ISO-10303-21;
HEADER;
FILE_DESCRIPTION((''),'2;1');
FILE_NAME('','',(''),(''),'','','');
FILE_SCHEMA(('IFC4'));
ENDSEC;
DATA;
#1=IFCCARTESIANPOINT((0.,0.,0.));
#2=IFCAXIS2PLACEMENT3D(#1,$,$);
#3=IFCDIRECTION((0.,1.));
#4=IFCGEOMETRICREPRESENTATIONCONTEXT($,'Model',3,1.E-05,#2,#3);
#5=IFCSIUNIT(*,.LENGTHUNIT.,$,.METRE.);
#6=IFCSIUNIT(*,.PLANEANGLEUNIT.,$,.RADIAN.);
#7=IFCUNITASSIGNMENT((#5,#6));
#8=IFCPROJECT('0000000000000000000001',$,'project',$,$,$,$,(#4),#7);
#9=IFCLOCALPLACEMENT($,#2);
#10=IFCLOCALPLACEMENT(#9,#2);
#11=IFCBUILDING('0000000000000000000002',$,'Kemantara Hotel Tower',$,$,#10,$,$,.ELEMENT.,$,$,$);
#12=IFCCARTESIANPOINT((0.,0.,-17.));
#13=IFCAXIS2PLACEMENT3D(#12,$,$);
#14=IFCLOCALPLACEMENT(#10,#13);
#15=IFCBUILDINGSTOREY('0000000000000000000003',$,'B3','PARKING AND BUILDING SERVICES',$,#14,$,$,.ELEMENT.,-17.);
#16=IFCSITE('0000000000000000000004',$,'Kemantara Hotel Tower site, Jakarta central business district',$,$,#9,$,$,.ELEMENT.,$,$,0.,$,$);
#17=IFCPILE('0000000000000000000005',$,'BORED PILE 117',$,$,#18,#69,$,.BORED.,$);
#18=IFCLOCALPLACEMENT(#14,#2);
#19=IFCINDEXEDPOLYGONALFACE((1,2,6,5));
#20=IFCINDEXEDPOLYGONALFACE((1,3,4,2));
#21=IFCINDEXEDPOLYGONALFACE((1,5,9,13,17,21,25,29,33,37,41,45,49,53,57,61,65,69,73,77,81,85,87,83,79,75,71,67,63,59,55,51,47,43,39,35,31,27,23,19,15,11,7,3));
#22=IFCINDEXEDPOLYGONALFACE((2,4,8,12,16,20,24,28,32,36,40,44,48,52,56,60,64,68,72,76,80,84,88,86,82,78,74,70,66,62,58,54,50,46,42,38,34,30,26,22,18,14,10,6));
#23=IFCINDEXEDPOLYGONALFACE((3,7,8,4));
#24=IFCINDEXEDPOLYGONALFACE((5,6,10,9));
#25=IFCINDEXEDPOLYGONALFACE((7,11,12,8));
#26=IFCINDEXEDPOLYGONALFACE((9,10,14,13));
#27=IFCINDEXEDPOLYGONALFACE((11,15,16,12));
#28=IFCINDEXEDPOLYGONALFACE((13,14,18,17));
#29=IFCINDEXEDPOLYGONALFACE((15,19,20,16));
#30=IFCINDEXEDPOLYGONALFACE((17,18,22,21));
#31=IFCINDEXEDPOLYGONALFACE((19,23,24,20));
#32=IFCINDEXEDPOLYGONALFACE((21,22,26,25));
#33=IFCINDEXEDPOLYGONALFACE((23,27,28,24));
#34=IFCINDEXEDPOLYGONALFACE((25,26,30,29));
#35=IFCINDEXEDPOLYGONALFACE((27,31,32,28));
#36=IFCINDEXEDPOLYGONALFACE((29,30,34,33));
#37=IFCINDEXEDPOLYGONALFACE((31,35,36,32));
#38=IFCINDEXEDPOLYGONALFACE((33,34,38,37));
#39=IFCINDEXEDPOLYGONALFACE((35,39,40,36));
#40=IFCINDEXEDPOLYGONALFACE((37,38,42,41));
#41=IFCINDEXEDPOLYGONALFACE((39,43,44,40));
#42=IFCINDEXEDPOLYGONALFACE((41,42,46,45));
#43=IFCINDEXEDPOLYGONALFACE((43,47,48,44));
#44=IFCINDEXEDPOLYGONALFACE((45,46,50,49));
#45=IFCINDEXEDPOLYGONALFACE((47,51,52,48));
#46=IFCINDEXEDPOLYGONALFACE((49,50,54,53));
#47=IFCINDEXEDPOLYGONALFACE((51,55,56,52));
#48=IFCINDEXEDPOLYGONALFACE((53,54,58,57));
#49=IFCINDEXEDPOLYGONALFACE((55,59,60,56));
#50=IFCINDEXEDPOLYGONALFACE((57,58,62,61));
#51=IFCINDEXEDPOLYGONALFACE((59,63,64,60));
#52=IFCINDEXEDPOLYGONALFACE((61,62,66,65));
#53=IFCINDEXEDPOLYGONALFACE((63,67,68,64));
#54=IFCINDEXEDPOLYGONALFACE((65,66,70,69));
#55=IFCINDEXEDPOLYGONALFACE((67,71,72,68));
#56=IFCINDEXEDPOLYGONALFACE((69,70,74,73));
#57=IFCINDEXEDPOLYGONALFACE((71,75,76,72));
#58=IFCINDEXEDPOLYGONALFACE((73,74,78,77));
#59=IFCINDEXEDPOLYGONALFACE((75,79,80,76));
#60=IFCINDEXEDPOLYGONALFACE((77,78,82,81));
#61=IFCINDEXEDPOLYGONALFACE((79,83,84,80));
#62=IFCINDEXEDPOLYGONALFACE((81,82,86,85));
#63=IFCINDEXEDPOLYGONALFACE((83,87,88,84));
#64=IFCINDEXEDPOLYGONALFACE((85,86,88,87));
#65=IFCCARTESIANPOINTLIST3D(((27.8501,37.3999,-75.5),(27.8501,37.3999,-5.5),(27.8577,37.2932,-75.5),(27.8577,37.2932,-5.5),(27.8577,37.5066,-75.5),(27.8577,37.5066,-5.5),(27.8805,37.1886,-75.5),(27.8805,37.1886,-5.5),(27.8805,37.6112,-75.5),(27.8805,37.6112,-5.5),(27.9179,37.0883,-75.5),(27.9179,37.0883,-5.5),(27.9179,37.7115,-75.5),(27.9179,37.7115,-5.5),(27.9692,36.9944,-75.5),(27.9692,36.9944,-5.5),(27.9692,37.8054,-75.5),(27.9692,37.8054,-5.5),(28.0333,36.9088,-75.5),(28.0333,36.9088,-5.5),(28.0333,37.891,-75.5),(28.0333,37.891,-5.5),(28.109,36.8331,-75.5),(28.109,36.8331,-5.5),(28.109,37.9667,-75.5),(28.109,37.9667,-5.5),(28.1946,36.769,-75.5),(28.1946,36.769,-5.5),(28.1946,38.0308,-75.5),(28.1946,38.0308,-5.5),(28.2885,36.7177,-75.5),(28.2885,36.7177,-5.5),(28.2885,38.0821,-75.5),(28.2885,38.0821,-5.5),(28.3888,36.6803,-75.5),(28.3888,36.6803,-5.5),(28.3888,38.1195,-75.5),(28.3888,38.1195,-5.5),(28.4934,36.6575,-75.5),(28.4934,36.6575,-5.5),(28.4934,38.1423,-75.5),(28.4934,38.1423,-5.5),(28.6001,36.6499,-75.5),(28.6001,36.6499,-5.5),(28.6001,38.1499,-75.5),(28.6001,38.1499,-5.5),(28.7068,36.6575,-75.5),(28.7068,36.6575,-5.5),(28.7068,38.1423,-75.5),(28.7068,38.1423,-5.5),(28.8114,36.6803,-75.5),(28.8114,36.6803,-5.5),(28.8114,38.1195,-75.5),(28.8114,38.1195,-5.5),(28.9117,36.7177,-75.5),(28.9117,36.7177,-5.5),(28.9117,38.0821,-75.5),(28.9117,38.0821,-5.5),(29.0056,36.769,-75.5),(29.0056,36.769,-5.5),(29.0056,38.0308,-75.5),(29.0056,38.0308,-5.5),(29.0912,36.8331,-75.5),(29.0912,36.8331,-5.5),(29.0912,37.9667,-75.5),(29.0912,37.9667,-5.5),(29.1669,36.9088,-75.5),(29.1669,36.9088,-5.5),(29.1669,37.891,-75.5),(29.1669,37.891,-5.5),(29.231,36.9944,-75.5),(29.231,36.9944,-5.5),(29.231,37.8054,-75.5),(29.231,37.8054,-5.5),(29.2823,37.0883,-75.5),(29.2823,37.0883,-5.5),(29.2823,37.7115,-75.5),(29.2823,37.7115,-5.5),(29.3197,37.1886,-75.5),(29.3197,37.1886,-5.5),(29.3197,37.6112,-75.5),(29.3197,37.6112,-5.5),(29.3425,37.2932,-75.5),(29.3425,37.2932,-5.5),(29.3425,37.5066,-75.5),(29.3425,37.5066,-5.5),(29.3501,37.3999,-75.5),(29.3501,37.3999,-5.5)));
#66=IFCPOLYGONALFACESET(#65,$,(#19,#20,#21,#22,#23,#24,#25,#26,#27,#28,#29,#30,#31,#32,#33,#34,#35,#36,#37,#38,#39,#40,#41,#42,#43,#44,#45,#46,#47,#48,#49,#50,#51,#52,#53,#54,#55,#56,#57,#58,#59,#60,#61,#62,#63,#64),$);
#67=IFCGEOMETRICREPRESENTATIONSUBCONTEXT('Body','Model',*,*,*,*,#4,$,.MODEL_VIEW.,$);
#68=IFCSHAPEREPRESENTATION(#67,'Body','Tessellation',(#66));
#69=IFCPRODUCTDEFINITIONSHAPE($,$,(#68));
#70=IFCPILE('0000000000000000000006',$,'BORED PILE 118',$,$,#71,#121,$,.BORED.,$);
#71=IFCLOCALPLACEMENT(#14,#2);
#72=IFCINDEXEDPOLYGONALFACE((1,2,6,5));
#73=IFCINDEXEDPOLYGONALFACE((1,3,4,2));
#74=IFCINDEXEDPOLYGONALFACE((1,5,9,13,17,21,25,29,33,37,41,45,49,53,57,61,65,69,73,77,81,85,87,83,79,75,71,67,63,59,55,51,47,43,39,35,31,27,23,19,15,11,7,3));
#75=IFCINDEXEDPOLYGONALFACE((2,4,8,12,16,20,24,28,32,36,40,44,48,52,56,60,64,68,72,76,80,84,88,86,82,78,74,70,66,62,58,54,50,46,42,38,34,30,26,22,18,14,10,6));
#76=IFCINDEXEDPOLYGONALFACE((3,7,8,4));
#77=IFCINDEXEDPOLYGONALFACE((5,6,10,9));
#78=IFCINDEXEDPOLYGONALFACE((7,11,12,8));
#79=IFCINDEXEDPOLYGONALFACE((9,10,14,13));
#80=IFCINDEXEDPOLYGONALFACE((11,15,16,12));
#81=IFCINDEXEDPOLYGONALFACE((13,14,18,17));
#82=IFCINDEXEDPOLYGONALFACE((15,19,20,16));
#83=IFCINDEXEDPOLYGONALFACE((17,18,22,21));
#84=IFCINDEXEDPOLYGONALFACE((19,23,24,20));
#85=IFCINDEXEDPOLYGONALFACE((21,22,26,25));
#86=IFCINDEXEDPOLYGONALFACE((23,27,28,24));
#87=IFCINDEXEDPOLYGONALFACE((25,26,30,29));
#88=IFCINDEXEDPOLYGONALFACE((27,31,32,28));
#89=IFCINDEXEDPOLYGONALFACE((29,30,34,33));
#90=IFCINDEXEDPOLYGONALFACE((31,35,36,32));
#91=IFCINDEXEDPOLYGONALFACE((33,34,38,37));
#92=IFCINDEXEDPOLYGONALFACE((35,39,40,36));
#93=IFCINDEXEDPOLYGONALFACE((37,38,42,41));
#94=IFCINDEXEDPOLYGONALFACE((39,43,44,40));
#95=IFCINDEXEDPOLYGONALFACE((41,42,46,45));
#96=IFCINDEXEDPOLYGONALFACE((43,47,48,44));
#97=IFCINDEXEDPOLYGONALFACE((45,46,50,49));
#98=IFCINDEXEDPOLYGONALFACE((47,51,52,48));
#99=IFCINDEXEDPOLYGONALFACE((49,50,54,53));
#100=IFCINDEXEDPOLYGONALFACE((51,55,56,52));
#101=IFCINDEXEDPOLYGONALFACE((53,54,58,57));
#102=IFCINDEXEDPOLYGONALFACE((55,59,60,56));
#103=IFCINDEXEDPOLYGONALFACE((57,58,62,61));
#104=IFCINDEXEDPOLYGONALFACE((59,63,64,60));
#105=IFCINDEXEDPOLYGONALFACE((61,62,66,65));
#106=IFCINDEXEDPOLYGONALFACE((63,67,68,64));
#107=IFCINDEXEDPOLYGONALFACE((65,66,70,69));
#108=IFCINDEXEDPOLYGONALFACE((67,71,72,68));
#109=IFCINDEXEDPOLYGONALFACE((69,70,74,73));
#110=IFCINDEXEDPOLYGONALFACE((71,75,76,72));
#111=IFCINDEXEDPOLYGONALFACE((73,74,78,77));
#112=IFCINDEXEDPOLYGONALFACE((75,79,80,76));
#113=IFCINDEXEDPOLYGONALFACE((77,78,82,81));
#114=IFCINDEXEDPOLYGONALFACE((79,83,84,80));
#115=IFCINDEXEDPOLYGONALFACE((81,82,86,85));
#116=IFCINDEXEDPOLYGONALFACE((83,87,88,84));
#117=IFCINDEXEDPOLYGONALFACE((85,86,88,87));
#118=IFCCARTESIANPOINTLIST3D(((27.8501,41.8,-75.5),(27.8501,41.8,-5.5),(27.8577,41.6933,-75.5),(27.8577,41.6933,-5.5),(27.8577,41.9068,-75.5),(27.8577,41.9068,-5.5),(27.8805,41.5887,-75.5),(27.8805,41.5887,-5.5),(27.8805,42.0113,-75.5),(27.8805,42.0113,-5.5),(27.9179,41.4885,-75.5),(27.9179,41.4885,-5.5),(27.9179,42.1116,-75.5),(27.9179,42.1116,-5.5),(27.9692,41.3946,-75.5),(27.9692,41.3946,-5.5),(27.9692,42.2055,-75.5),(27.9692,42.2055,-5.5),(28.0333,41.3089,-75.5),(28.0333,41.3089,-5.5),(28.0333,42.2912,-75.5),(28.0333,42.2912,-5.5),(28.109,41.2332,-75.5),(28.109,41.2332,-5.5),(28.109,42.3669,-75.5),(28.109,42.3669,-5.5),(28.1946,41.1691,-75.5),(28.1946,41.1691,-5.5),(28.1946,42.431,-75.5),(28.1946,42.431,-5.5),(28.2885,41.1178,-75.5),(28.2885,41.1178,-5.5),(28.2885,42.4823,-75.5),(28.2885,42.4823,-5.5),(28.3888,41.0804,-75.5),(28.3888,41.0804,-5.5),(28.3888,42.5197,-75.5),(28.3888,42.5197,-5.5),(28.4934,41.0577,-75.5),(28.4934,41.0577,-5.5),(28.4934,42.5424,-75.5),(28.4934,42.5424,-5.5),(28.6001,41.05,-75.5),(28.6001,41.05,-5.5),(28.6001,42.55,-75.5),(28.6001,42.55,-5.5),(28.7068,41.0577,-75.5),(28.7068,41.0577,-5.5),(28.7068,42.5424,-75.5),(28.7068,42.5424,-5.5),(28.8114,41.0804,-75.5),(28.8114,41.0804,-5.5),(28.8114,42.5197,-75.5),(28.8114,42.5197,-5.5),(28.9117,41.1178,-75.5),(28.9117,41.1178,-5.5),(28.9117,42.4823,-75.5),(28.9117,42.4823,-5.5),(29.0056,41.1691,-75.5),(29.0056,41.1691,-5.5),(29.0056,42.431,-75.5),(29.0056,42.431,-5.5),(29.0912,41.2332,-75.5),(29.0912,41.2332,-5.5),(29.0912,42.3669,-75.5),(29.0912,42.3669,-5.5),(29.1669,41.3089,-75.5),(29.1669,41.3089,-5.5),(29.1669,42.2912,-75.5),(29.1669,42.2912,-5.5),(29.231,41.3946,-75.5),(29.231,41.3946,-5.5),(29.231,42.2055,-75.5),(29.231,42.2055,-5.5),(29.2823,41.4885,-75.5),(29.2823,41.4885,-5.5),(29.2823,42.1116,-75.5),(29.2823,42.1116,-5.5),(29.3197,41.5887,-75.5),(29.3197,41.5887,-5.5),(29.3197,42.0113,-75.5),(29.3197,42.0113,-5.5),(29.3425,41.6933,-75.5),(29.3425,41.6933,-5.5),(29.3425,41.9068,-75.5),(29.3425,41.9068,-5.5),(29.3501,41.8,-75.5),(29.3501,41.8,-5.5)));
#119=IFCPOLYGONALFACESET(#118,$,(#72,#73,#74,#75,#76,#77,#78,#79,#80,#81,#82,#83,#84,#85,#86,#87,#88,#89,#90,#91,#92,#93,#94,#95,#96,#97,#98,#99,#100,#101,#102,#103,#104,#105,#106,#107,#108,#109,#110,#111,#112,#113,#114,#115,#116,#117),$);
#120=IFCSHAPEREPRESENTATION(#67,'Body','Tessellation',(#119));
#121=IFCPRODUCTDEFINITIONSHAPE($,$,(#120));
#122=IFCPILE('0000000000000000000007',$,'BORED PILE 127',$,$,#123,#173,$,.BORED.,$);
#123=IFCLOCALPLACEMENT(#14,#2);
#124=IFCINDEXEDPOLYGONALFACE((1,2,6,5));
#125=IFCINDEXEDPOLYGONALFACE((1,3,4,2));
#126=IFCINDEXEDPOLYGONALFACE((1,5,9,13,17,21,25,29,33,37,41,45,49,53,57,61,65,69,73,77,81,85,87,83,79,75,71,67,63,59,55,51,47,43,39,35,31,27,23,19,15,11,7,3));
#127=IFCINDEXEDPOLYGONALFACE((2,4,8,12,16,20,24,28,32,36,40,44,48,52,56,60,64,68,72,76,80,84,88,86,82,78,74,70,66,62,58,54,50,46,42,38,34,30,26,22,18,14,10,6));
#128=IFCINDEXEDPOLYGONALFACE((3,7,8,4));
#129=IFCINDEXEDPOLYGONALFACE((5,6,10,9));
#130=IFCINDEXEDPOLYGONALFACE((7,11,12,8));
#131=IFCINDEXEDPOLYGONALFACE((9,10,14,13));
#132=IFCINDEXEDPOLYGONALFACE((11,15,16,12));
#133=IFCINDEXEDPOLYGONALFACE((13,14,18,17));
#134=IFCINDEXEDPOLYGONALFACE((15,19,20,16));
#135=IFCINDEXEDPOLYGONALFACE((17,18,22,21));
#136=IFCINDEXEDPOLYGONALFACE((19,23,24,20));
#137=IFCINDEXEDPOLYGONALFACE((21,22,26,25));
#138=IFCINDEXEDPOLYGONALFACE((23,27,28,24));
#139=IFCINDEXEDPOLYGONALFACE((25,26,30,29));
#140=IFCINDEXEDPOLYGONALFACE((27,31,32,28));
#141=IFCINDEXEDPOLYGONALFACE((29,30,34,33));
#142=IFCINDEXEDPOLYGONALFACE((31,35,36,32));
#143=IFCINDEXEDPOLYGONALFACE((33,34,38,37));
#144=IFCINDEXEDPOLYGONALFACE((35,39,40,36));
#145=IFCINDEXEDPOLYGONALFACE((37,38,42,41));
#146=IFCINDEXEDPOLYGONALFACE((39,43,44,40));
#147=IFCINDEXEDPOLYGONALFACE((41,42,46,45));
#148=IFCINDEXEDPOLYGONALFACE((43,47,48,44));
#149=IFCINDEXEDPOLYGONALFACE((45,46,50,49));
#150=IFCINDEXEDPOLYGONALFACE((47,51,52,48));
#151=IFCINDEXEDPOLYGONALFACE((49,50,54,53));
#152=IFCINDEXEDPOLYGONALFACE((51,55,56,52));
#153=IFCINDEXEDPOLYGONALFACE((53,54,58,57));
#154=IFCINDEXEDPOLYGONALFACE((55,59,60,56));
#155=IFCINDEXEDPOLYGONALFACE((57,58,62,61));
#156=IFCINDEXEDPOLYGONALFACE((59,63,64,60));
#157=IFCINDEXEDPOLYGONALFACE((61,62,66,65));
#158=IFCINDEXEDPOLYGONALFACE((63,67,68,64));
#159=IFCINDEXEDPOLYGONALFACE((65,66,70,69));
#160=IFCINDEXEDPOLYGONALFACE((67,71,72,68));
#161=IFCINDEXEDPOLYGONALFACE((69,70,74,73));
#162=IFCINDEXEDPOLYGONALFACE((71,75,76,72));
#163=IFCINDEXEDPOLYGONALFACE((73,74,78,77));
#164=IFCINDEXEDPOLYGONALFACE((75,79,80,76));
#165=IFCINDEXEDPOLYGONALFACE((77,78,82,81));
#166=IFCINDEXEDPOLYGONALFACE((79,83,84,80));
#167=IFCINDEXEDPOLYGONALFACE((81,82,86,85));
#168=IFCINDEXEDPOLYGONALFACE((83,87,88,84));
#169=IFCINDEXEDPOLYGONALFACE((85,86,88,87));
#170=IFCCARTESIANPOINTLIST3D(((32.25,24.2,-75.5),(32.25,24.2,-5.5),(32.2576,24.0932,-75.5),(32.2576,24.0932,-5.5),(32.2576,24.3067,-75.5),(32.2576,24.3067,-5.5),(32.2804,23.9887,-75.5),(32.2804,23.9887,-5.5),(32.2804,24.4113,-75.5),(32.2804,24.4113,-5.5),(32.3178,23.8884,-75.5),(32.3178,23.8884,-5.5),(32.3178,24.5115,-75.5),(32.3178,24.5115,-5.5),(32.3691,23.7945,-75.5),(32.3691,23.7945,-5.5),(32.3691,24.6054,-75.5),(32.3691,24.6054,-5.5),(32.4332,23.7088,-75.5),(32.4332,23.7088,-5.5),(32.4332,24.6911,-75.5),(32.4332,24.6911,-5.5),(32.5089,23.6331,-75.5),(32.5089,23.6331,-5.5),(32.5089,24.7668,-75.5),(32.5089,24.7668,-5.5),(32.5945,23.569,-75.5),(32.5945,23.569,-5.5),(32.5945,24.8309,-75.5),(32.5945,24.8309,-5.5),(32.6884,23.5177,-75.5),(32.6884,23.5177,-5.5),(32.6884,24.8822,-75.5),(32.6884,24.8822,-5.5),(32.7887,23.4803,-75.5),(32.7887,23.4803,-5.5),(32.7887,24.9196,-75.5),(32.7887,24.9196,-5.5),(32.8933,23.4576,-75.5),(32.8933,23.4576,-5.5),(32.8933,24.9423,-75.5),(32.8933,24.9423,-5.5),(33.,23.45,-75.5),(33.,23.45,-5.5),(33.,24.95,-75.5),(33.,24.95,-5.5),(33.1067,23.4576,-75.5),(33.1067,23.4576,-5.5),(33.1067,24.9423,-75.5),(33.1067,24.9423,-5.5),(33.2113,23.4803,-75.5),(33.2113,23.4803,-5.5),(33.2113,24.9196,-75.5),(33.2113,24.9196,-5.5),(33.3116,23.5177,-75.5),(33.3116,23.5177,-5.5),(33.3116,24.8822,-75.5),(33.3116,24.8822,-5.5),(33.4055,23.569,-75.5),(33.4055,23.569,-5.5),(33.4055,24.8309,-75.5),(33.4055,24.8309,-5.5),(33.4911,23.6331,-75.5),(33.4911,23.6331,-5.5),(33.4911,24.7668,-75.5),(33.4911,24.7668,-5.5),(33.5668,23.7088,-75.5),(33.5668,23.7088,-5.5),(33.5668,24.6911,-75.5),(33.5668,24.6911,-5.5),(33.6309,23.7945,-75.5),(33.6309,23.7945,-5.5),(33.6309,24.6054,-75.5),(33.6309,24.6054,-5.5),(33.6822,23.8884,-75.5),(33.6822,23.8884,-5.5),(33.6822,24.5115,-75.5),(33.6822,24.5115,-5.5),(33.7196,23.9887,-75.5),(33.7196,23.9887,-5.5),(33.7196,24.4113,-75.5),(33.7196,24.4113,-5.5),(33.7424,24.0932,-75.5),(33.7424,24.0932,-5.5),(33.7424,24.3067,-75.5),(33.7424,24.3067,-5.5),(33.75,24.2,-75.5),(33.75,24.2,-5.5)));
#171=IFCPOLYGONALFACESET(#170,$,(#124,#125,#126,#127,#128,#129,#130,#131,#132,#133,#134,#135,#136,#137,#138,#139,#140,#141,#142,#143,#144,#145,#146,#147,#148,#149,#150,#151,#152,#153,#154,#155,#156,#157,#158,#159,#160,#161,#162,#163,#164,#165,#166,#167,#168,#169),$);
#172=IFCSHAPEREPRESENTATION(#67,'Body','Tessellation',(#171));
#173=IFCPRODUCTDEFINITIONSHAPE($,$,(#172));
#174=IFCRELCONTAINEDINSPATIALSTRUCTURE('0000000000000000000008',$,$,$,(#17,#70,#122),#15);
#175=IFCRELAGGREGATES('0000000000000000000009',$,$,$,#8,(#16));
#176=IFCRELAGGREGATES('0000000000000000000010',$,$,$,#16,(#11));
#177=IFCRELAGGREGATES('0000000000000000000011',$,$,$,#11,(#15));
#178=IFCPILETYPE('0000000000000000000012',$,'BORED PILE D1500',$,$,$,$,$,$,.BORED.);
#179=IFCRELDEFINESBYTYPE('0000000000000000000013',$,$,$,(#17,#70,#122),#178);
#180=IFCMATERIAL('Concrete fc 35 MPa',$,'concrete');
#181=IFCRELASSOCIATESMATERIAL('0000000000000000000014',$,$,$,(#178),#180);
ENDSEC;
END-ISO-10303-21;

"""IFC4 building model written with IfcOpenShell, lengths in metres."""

from ifc_helpers import new_model, si_unit, direction, frame, origin, origin_2d, place, context, subcontext, project, spatial, circle, extrude, material, material_profile, profile_set, type_object, element, save


model = new_model("IFC4")

# Units and contexts
model_context = context("Model", 3, precision=1e-05, world=origin(), true_north=direction((0.0, 1.0)))
body_context = subcontext(model_context, "Body", "Model", "MODEL_VIEW")
ifc_project = project(units=[si_unit("LENGTHUNIT", "METRE"), si_unit("PLANEANGLEUNIT", "RADIAN")], contexts=[model_context])

# Site, building, storey
site_placement = place(None, origin())
site = spatial("IfcSite", under=ifc_project, at=site_placement, Name="Kemantara Hotel Tower site, Jakarta central business district", CompositionType="ELEMENT", RefElevation=0.0)
building_placement = place(site_placement, origin())
building = spatial("IfcBuilding", under=site, at=building_placement, Name="Kemantara Hotel Tower", CompositionType="ELEMENT")
storey_placement = place(building_placement, frame((0.0, 0.0, -17.0)))
storey = spatial("IfcBuildingStorey", under=building, at=storey_placement, Name="B3", Description="PARKING AND BUILDING SERVICES", CompositionType="ELEMENT", Elevation=-17.0)

# Piles
ifc_material_1 = material(Name="Concrete fc 35 MPa", Category="concrete")
ifc_material_profile_1 = material_profile(ifc_material_1, circle(Radius=0.75, at=origin_2d()), Name="BORED PILE D1500")
ifc_profile_set_1 = profile_set([ifc_material_profile_1], Name="Concrete fc 35 MPa")
pile_type = type_object("IfcPileType", Name="BORED PILE D1500", PredefinedType="BORED", material=ifc_profile_set_1)
for number, where, z_axis, x_axis, name in (
    (1, (28.6001, 37.3999, -5.5), (0.0, 0.0, -1.0), (1.0, 0.0, 0.0), "BORED PILE 117"),
    (2, (28.6001, 41.8, -5.5), (0.0, 0.0, -1.0), (1.0, 0.0, 0.0), "BORED PILE 118"),
    (3, (33.0, 24.2, -5.5), (0.0, 0.0, -1.0), (1.0, 0.0, 0.0), "BORED PILE 127"),
):
    element("IfcPile", number, at=place(storey_placement, frame(where, z_axis=z_axis, x_axis=x_axis)), inside=storey, type_object=pile_type, Name=name, PredefinedType="BORED", context=body_context, shape_type="SweptSolid", body=[
        extrude(circle(Radius=0.75, at=origin_2d()), origin(), (0.0, 0.0, 1.0), 70.0),
    ])

save(model, "model.ifc")
